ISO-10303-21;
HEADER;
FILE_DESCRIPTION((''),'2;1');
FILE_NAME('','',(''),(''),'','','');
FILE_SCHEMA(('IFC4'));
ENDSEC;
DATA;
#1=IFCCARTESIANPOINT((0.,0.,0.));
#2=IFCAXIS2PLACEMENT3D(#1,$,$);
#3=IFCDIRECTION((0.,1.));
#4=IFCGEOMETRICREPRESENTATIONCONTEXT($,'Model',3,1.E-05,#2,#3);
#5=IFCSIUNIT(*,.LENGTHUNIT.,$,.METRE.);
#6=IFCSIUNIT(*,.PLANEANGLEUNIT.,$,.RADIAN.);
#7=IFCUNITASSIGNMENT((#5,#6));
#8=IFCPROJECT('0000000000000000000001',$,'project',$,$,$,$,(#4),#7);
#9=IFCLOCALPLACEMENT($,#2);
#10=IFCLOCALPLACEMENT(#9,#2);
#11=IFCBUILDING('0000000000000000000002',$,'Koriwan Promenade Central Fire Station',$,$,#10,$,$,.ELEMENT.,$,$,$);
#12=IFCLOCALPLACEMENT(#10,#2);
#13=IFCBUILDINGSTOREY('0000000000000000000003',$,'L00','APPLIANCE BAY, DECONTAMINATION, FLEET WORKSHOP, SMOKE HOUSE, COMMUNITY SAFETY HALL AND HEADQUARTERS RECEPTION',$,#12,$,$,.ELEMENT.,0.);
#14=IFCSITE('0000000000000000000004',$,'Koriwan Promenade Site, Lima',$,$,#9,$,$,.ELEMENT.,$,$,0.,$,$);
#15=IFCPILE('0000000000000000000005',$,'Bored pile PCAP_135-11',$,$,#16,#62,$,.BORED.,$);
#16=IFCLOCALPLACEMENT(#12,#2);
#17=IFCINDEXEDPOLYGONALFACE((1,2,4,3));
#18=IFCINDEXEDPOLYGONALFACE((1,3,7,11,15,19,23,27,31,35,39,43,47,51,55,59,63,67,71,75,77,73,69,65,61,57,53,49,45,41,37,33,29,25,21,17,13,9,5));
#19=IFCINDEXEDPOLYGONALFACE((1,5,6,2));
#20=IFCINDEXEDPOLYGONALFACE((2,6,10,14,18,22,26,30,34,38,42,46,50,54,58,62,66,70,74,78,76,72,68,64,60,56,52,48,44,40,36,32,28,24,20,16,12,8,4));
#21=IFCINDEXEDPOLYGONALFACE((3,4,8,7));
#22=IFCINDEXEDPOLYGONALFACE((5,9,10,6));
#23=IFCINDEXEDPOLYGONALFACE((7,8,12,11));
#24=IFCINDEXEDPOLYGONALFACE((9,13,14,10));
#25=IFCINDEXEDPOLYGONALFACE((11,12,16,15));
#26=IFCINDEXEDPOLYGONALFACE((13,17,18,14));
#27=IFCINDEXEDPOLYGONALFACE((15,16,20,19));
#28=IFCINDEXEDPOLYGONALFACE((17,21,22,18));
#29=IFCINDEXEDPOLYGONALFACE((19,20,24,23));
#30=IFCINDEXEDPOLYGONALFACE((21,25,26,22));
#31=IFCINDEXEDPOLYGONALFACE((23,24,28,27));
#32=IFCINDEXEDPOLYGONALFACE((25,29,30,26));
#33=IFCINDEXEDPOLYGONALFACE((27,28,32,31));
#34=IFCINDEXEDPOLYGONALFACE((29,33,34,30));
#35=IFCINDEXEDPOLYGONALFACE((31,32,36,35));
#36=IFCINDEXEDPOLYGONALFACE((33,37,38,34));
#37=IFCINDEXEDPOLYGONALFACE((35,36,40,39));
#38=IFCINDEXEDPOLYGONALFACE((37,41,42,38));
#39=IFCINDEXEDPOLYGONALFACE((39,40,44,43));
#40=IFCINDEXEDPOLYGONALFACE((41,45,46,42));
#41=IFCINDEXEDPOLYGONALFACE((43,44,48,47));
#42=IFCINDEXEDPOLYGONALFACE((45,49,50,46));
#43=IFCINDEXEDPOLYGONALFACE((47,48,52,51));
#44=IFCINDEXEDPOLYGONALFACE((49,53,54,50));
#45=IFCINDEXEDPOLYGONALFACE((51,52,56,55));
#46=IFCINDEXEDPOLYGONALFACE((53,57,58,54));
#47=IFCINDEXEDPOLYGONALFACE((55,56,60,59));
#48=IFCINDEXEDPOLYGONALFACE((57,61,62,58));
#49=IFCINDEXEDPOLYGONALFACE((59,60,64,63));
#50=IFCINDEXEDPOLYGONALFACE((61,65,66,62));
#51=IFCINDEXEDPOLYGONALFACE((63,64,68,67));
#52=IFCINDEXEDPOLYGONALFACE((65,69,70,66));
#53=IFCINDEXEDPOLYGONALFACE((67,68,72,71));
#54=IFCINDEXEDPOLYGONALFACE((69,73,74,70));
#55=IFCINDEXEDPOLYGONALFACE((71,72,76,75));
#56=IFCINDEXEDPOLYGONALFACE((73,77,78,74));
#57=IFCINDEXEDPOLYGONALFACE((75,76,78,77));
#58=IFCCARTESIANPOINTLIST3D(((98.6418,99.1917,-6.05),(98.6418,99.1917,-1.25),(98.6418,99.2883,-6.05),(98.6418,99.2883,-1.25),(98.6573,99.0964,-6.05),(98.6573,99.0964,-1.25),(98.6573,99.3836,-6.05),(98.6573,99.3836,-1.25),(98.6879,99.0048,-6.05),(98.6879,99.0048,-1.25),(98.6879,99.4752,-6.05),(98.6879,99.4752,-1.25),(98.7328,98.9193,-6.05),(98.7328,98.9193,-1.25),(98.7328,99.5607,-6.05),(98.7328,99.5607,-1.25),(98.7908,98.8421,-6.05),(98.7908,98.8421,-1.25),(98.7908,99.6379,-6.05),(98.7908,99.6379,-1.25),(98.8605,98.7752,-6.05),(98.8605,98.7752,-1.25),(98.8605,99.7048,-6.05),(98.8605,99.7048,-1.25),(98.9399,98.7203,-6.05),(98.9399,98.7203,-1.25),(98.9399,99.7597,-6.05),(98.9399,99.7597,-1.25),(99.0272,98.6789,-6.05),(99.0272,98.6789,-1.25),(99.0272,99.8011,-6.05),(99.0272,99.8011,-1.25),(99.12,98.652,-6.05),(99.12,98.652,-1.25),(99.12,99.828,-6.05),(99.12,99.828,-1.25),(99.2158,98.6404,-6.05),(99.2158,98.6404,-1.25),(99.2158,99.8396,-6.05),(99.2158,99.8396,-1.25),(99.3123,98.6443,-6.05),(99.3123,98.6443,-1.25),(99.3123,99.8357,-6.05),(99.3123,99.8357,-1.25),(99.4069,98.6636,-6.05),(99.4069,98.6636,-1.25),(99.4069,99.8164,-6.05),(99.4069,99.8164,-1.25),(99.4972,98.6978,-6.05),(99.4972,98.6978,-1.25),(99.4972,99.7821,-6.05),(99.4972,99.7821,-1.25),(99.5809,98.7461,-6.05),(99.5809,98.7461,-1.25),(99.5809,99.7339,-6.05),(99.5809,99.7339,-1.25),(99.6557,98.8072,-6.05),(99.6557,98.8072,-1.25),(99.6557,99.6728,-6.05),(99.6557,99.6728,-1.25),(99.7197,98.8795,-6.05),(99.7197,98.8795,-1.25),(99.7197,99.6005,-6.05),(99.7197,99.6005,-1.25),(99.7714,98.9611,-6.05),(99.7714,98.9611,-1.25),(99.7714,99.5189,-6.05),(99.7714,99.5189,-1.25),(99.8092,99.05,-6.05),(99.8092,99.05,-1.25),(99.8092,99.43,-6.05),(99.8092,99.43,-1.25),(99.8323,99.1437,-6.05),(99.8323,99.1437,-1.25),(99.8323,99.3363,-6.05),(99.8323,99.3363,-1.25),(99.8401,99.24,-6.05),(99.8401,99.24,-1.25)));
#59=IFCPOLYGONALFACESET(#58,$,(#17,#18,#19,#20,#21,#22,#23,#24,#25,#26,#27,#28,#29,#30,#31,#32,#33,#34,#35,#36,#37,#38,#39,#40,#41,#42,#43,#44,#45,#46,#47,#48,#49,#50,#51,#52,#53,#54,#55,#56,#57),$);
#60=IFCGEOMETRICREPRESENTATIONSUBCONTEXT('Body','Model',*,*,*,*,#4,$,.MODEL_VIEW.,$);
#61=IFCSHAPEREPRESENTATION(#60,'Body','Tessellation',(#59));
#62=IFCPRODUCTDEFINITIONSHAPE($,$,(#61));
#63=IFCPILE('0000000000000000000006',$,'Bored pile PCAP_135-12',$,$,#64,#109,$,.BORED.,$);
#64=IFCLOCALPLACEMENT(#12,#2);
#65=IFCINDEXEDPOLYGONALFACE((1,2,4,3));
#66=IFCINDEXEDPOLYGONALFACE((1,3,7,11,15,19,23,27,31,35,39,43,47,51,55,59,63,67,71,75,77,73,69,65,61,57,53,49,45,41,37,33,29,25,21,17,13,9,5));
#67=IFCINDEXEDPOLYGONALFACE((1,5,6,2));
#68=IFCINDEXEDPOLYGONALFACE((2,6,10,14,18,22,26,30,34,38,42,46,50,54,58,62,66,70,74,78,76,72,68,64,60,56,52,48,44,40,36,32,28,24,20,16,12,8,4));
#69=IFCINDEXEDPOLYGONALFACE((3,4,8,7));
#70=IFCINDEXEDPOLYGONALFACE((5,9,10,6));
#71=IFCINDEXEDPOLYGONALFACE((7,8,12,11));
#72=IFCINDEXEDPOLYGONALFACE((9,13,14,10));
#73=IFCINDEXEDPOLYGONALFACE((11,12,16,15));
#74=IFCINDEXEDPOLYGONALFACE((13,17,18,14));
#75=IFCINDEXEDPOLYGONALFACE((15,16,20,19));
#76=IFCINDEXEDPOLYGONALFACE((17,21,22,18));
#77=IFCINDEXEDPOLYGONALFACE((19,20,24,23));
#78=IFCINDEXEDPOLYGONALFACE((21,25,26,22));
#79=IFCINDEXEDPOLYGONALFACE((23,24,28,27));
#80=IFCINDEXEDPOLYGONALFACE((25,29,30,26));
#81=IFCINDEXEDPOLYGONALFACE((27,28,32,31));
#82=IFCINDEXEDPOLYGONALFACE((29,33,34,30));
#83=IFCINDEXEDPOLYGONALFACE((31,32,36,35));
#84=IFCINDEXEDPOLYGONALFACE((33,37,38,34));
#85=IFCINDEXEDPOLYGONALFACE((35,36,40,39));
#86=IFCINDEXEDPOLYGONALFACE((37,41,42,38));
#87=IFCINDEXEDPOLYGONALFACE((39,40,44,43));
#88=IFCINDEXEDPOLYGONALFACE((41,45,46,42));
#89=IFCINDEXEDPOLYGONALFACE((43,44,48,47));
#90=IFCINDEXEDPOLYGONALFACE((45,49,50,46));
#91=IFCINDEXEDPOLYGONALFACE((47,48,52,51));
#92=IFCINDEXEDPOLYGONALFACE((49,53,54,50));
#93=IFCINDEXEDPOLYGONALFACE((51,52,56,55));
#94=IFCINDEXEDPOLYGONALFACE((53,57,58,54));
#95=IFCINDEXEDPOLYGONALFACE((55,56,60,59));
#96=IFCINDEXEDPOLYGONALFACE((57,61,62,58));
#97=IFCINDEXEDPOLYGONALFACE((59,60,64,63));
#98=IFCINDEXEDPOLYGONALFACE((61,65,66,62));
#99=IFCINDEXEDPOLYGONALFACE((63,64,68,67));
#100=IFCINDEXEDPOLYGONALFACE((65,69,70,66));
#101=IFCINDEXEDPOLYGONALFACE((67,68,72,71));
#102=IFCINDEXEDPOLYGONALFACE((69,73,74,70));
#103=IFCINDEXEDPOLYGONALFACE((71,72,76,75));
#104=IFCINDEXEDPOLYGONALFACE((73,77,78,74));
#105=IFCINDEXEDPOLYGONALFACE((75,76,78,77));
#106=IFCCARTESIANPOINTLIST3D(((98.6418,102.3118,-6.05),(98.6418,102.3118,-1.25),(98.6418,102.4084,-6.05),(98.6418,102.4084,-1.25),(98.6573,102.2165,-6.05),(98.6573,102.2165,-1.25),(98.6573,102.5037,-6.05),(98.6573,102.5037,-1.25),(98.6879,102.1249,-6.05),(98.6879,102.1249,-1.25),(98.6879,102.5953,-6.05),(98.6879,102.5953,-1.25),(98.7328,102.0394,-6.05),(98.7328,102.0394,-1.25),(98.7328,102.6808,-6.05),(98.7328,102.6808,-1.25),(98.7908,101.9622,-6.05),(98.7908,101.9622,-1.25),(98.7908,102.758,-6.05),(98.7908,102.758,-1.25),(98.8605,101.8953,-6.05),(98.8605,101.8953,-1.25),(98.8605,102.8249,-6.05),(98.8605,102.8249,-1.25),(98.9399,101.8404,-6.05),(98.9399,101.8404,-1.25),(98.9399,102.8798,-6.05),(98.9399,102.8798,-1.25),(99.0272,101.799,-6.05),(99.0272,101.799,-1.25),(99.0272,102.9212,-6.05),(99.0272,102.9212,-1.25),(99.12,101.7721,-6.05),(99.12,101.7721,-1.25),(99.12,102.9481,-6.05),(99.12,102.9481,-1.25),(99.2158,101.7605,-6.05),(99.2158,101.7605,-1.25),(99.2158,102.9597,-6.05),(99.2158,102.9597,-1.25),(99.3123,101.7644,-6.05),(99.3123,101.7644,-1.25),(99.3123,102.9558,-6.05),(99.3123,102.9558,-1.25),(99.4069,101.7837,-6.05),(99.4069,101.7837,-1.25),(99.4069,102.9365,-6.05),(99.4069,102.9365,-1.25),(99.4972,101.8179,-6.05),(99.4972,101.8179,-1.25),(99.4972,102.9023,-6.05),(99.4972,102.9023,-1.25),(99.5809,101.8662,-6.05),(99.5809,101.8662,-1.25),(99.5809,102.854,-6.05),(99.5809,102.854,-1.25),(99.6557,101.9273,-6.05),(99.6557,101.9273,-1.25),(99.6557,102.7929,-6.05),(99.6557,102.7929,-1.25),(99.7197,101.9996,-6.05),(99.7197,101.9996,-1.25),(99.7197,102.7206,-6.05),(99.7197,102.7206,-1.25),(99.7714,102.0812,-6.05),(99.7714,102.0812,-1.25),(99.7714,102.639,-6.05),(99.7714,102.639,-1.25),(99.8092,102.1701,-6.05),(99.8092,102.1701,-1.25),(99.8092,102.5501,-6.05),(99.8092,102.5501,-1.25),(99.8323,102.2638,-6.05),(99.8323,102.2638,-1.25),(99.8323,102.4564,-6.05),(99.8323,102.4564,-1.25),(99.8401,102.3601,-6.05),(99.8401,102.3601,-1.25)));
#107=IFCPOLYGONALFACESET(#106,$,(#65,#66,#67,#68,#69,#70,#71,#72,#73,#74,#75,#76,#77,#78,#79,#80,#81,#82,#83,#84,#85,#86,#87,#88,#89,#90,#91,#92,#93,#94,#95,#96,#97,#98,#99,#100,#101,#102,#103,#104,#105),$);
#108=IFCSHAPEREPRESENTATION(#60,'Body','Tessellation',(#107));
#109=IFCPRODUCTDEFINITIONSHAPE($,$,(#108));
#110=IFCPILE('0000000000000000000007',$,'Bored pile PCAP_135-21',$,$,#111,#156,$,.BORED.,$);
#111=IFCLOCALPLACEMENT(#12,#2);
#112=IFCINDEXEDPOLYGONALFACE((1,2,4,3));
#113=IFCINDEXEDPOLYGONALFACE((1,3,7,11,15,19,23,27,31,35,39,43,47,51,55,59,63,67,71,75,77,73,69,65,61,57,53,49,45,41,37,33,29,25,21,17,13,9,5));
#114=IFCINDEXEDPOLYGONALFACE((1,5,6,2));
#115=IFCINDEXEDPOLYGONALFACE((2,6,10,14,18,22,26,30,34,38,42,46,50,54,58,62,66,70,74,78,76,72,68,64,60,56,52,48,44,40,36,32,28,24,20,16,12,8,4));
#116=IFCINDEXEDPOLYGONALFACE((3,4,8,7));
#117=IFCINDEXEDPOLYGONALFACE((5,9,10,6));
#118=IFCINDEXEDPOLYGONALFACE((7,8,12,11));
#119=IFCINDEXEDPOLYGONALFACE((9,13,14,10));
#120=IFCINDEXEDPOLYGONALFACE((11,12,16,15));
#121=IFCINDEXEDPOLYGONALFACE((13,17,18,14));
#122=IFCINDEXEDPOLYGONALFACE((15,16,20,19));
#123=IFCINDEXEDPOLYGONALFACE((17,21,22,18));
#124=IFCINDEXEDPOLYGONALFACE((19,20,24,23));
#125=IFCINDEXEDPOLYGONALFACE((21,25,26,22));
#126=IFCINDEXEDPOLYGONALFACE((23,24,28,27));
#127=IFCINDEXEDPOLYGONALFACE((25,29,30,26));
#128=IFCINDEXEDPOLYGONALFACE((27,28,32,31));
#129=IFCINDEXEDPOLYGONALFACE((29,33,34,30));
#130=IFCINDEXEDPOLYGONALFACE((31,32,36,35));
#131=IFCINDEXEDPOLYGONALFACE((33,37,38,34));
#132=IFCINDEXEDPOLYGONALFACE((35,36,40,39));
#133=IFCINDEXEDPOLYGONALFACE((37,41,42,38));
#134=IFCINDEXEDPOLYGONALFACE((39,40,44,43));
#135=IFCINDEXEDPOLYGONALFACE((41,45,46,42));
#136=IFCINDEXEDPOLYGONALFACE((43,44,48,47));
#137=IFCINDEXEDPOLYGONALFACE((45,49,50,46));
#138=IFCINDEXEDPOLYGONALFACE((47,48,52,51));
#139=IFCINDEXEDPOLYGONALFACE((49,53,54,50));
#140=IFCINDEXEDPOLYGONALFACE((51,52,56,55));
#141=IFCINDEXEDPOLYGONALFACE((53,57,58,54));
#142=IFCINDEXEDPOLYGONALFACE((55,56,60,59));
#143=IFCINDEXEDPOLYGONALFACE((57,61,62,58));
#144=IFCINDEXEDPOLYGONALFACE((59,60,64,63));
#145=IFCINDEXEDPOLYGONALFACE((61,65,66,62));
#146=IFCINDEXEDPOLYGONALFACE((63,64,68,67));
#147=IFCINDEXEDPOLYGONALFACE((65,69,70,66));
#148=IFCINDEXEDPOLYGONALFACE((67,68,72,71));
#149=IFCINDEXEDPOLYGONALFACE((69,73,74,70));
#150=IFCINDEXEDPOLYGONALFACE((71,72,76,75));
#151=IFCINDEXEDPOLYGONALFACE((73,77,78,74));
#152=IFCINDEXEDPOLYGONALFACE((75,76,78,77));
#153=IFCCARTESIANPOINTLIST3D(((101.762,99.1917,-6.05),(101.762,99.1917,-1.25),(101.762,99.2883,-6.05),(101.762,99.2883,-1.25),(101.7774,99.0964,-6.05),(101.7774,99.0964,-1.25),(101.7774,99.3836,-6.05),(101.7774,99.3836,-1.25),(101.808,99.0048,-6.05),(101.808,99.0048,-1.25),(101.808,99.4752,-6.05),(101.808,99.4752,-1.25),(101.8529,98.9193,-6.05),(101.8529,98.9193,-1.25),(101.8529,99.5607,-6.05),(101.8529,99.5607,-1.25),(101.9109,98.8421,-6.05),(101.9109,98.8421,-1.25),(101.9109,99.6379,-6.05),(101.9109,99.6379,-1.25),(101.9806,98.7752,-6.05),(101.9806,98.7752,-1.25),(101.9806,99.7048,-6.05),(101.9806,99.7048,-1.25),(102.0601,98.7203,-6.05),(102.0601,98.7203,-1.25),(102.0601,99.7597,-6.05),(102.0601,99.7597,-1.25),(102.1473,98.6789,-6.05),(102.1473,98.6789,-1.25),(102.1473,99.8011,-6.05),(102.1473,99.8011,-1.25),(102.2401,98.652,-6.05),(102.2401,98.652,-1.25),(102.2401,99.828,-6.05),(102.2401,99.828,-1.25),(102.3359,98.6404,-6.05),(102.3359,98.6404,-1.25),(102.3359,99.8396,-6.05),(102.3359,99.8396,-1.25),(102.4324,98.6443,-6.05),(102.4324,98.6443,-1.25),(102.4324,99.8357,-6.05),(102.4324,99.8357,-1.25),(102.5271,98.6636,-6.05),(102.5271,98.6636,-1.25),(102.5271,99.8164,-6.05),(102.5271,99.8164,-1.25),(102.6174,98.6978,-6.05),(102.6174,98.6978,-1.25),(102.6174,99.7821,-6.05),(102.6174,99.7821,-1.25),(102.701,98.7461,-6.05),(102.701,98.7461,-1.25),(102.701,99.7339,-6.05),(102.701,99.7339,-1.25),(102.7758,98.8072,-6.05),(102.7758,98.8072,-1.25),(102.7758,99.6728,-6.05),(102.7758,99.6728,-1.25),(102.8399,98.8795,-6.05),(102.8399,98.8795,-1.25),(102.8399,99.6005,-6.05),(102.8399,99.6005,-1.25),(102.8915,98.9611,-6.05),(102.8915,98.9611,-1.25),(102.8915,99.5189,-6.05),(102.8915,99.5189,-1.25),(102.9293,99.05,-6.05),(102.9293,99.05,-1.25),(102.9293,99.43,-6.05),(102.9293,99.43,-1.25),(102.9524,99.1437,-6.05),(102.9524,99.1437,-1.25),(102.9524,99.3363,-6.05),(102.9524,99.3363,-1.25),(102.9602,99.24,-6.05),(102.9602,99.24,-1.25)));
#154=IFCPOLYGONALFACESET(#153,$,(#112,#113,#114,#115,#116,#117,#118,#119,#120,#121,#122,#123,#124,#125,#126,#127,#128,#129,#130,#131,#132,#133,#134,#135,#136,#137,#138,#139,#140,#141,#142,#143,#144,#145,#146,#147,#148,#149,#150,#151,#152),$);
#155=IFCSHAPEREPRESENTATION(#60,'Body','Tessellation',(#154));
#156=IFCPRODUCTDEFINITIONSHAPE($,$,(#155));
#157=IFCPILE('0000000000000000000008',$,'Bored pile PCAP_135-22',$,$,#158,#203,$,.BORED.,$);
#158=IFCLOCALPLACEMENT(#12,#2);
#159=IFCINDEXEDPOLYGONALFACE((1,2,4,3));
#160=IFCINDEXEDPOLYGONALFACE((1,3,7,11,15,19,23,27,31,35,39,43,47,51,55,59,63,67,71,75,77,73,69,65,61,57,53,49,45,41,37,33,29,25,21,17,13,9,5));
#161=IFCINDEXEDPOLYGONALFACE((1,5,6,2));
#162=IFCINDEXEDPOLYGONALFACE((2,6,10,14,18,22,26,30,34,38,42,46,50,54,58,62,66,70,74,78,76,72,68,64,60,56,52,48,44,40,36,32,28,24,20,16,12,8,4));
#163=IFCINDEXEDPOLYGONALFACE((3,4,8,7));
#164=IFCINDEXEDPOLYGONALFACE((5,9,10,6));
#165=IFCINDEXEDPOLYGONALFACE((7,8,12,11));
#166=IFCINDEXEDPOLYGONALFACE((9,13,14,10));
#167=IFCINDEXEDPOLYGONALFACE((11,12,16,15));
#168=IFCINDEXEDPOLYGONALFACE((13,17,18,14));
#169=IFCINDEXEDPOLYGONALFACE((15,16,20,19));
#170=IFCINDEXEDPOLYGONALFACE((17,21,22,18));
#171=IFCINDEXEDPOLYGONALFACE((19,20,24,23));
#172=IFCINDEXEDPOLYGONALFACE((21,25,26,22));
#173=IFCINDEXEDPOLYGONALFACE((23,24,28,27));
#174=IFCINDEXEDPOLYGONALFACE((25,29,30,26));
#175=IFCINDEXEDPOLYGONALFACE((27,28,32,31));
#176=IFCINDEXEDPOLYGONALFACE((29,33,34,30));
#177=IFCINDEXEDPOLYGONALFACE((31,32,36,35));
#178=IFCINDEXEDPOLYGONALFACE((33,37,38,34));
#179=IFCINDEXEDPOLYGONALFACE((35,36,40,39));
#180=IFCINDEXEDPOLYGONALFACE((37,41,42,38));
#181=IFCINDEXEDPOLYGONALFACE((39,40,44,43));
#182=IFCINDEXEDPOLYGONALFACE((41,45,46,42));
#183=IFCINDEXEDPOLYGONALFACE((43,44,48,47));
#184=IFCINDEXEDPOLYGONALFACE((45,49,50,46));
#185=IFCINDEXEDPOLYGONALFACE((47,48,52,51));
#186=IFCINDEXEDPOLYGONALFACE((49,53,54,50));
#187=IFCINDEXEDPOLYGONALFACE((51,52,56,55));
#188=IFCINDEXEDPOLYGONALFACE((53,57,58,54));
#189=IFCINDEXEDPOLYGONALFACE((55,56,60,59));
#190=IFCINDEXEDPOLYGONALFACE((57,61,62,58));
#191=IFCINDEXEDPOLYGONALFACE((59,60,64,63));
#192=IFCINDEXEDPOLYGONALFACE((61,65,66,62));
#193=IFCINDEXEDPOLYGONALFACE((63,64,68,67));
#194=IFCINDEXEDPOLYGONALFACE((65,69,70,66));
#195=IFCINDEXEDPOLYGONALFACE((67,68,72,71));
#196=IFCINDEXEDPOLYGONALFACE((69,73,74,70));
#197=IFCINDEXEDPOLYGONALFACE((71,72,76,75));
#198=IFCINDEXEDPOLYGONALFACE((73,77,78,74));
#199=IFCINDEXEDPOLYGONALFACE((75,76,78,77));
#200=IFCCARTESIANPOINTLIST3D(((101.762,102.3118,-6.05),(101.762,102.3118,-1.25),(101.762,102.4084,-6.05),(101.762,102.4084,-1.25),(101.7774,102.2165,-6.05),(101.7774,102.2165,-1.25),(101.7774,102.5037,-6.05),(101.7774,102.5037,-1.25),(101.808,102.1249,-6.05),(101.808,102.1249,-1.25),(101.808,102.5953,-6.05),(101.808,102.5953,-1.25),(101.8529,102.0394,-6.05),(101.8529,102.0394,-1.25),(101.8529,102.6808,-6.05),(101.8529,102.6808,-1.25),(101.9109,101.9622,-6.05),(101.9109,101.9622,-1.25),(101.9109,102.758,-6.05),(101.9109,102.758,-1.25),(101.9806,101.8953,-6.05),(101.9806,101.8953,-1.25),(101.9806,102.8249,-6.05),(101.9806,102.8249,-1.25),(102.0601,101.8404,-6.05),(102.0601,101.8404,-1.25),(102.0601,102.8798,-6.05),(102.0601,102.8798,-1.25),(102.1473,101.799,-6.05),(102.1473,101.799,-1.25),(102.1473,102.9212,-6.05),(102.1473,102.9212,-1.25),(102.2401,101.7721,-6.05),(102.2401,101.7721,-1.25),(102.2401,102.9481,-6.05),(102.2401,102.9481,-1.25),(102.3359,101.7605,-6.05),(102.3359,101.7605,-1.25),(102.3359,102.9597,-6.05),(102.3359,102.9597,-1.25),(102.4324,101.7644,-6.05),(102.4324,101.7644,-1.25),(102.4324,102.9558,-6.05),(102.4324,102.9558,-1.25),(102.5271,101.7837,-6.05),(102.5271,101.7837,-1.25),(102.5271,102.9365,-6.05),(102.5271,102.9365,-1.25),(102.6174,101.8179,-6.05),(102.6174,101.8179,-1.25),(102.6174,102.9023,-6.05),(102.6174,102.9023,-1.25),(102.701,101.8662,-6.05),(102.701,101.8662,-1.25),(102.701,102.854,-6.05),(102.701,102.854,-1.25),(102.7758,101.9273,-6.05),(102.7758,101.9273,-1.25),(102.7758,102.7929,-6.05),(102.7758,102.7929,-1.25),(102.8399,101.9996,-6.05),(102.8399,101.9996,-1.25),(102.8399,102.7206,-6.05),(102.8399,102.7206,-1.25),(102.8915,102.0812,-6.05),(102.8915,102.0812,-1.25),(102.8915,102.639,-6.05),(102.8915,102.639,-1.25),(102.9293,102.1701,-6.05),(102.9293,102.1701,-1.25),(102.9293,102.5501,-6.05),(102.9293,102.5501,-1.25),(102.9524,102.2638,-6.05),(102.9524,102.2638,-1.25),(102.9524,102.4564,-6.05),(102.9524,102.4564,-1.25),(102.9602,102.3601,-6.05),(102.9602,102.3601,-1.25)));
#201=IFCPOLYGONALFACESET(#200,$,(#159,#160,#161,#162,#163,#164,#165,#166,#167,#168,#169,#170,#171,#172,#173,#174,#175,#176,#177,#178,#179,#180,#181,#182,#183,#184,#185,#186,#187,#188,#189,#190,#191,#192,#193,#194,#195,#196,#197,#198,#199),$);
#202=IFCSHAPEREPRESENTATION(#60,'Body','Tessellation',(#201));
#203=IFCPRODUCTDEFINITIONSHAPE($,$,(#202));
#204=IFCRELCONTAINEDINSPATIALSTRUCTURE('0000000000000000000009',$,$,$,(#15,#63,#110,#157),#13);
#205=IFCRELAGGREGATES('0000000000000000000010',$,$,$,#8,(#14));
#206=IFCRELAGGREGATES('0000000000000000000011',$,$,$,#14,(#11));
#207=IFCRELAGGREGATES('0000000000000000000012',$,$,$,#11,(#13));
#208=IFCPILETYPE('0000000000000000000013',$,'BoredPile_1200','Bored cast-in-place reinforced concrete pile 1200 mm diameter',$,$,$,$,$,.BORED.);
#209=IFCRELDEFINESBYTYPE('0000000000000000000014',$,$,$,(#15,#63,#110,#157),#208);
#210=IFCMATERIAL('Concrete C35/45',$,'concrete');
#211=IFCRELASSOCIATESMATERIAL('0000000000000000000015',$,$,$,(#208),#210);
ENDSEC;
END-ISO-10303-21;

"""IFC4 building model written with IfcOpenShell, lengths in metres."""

from ifc_helpers import new_model, si_unit, direction, frame, origin, origin_2d, place, context, subcontext, project, spatial, circle, extrude, material, material_profile, profile_set, type_object, element, save


model = new_model("IFC4")

# Units and contexts
model_context = context("Model", 3, precision=1e-05, world=origin(), true_north=direction((0.0, 1.0)))
body_context = subcontext(model_context, "Body", "Model", "MODEL_VIEW")
ifc_project = project(units=[si_unit("LENGTHUNIT", "METRE"), si_unit("PLANEANGLEUNIT", "RADIAN")], contexts=[model_context])

# Site, building, storey
site_placement = place(None, origin())
site = spatial("IfcSite", under=ifc_project, at=site_placement, Name="Koriwan Promenade Site, Lima", CompositionType="ELEMENT", RefElevation=0.0)
building_placement = place(site_placement, origin())
building = spatial("IfcBuilding", under=site, at=building_placement, Name="Koriwan Promenade Central Fire Station", CompositionType="ELEMENT")
storey_placement = place(building_placement, origin())
storey = spatial("IfcBuildingStorey", under=building, at=storey_placement, Name="L00", Description="APPLIANCE BAY, DECONTAMINATION, FLEET WORKSHOP, SMOKE HOUSE, COMMUNITY SAFETY HALL AND HEADQUARTERS RECEPTION", CompositionType="ELEMENT", Elevation=0.0)

# Piles
ifc_material_1 = material(Name="Concrete C35/45", Category="concrete")
ifc_material_profile_1 = material_profile(ifc_material_1, circle(Radius=0.6001, at=origin_2d()), Name="PILE-D1200")
ifc_profile_set_1 = profile_set([ifc_material_profile_1], Name="Concrete C35/45")
pile_type_1 = type_object("IfcPileType", Name="BoredPile_1200", Description="Bored cast-in-place reinforced concrete pile 1200 mm diameter", PredefinedType="BORED", material=ifc_profile_set_1)
for number, where, z_axis, x_axis, name in (
    (1, (99.24, 99.24, -1.25), (0.0, 0.0, -1.0), (1.0, 0.0, 0.0), "Bored pile PCAP_135-11"),
    (2, (99.24, 102.3601, -1.25), (0.0, 0.0, -1.0), (1.0, 0.0, 0.0), "Bored pile PCAP_135-12"),
    (3, (102.3601, 99.24, -1.25), (0.0, 0.0, -1.0), (1.0, 0.0, 0.0), "Bored pile PCAP_135-21"),
    (4, (102.3601, 102.3601, -1.25), (0.0, 0.0, -1.0), (1.0, 0.0, 0.0), "Bored pile PCAP_135-22"),
):
    element("IfcPile", number, at=place(storey_placement, frame(where, z_axis=z_axis, x_axis=x_axis)), inside=storey, type_object=pile_type_1, Name=name, PredefinedType="BORED", context=body_context, shape_type="SweptSolid", body=[
        extrude(circle(Radius=0.6001, at=origin_2d()), origin(), (0.0, 0.0, 1.0), 4.8),
    ])

save(model, "model.ifc")
